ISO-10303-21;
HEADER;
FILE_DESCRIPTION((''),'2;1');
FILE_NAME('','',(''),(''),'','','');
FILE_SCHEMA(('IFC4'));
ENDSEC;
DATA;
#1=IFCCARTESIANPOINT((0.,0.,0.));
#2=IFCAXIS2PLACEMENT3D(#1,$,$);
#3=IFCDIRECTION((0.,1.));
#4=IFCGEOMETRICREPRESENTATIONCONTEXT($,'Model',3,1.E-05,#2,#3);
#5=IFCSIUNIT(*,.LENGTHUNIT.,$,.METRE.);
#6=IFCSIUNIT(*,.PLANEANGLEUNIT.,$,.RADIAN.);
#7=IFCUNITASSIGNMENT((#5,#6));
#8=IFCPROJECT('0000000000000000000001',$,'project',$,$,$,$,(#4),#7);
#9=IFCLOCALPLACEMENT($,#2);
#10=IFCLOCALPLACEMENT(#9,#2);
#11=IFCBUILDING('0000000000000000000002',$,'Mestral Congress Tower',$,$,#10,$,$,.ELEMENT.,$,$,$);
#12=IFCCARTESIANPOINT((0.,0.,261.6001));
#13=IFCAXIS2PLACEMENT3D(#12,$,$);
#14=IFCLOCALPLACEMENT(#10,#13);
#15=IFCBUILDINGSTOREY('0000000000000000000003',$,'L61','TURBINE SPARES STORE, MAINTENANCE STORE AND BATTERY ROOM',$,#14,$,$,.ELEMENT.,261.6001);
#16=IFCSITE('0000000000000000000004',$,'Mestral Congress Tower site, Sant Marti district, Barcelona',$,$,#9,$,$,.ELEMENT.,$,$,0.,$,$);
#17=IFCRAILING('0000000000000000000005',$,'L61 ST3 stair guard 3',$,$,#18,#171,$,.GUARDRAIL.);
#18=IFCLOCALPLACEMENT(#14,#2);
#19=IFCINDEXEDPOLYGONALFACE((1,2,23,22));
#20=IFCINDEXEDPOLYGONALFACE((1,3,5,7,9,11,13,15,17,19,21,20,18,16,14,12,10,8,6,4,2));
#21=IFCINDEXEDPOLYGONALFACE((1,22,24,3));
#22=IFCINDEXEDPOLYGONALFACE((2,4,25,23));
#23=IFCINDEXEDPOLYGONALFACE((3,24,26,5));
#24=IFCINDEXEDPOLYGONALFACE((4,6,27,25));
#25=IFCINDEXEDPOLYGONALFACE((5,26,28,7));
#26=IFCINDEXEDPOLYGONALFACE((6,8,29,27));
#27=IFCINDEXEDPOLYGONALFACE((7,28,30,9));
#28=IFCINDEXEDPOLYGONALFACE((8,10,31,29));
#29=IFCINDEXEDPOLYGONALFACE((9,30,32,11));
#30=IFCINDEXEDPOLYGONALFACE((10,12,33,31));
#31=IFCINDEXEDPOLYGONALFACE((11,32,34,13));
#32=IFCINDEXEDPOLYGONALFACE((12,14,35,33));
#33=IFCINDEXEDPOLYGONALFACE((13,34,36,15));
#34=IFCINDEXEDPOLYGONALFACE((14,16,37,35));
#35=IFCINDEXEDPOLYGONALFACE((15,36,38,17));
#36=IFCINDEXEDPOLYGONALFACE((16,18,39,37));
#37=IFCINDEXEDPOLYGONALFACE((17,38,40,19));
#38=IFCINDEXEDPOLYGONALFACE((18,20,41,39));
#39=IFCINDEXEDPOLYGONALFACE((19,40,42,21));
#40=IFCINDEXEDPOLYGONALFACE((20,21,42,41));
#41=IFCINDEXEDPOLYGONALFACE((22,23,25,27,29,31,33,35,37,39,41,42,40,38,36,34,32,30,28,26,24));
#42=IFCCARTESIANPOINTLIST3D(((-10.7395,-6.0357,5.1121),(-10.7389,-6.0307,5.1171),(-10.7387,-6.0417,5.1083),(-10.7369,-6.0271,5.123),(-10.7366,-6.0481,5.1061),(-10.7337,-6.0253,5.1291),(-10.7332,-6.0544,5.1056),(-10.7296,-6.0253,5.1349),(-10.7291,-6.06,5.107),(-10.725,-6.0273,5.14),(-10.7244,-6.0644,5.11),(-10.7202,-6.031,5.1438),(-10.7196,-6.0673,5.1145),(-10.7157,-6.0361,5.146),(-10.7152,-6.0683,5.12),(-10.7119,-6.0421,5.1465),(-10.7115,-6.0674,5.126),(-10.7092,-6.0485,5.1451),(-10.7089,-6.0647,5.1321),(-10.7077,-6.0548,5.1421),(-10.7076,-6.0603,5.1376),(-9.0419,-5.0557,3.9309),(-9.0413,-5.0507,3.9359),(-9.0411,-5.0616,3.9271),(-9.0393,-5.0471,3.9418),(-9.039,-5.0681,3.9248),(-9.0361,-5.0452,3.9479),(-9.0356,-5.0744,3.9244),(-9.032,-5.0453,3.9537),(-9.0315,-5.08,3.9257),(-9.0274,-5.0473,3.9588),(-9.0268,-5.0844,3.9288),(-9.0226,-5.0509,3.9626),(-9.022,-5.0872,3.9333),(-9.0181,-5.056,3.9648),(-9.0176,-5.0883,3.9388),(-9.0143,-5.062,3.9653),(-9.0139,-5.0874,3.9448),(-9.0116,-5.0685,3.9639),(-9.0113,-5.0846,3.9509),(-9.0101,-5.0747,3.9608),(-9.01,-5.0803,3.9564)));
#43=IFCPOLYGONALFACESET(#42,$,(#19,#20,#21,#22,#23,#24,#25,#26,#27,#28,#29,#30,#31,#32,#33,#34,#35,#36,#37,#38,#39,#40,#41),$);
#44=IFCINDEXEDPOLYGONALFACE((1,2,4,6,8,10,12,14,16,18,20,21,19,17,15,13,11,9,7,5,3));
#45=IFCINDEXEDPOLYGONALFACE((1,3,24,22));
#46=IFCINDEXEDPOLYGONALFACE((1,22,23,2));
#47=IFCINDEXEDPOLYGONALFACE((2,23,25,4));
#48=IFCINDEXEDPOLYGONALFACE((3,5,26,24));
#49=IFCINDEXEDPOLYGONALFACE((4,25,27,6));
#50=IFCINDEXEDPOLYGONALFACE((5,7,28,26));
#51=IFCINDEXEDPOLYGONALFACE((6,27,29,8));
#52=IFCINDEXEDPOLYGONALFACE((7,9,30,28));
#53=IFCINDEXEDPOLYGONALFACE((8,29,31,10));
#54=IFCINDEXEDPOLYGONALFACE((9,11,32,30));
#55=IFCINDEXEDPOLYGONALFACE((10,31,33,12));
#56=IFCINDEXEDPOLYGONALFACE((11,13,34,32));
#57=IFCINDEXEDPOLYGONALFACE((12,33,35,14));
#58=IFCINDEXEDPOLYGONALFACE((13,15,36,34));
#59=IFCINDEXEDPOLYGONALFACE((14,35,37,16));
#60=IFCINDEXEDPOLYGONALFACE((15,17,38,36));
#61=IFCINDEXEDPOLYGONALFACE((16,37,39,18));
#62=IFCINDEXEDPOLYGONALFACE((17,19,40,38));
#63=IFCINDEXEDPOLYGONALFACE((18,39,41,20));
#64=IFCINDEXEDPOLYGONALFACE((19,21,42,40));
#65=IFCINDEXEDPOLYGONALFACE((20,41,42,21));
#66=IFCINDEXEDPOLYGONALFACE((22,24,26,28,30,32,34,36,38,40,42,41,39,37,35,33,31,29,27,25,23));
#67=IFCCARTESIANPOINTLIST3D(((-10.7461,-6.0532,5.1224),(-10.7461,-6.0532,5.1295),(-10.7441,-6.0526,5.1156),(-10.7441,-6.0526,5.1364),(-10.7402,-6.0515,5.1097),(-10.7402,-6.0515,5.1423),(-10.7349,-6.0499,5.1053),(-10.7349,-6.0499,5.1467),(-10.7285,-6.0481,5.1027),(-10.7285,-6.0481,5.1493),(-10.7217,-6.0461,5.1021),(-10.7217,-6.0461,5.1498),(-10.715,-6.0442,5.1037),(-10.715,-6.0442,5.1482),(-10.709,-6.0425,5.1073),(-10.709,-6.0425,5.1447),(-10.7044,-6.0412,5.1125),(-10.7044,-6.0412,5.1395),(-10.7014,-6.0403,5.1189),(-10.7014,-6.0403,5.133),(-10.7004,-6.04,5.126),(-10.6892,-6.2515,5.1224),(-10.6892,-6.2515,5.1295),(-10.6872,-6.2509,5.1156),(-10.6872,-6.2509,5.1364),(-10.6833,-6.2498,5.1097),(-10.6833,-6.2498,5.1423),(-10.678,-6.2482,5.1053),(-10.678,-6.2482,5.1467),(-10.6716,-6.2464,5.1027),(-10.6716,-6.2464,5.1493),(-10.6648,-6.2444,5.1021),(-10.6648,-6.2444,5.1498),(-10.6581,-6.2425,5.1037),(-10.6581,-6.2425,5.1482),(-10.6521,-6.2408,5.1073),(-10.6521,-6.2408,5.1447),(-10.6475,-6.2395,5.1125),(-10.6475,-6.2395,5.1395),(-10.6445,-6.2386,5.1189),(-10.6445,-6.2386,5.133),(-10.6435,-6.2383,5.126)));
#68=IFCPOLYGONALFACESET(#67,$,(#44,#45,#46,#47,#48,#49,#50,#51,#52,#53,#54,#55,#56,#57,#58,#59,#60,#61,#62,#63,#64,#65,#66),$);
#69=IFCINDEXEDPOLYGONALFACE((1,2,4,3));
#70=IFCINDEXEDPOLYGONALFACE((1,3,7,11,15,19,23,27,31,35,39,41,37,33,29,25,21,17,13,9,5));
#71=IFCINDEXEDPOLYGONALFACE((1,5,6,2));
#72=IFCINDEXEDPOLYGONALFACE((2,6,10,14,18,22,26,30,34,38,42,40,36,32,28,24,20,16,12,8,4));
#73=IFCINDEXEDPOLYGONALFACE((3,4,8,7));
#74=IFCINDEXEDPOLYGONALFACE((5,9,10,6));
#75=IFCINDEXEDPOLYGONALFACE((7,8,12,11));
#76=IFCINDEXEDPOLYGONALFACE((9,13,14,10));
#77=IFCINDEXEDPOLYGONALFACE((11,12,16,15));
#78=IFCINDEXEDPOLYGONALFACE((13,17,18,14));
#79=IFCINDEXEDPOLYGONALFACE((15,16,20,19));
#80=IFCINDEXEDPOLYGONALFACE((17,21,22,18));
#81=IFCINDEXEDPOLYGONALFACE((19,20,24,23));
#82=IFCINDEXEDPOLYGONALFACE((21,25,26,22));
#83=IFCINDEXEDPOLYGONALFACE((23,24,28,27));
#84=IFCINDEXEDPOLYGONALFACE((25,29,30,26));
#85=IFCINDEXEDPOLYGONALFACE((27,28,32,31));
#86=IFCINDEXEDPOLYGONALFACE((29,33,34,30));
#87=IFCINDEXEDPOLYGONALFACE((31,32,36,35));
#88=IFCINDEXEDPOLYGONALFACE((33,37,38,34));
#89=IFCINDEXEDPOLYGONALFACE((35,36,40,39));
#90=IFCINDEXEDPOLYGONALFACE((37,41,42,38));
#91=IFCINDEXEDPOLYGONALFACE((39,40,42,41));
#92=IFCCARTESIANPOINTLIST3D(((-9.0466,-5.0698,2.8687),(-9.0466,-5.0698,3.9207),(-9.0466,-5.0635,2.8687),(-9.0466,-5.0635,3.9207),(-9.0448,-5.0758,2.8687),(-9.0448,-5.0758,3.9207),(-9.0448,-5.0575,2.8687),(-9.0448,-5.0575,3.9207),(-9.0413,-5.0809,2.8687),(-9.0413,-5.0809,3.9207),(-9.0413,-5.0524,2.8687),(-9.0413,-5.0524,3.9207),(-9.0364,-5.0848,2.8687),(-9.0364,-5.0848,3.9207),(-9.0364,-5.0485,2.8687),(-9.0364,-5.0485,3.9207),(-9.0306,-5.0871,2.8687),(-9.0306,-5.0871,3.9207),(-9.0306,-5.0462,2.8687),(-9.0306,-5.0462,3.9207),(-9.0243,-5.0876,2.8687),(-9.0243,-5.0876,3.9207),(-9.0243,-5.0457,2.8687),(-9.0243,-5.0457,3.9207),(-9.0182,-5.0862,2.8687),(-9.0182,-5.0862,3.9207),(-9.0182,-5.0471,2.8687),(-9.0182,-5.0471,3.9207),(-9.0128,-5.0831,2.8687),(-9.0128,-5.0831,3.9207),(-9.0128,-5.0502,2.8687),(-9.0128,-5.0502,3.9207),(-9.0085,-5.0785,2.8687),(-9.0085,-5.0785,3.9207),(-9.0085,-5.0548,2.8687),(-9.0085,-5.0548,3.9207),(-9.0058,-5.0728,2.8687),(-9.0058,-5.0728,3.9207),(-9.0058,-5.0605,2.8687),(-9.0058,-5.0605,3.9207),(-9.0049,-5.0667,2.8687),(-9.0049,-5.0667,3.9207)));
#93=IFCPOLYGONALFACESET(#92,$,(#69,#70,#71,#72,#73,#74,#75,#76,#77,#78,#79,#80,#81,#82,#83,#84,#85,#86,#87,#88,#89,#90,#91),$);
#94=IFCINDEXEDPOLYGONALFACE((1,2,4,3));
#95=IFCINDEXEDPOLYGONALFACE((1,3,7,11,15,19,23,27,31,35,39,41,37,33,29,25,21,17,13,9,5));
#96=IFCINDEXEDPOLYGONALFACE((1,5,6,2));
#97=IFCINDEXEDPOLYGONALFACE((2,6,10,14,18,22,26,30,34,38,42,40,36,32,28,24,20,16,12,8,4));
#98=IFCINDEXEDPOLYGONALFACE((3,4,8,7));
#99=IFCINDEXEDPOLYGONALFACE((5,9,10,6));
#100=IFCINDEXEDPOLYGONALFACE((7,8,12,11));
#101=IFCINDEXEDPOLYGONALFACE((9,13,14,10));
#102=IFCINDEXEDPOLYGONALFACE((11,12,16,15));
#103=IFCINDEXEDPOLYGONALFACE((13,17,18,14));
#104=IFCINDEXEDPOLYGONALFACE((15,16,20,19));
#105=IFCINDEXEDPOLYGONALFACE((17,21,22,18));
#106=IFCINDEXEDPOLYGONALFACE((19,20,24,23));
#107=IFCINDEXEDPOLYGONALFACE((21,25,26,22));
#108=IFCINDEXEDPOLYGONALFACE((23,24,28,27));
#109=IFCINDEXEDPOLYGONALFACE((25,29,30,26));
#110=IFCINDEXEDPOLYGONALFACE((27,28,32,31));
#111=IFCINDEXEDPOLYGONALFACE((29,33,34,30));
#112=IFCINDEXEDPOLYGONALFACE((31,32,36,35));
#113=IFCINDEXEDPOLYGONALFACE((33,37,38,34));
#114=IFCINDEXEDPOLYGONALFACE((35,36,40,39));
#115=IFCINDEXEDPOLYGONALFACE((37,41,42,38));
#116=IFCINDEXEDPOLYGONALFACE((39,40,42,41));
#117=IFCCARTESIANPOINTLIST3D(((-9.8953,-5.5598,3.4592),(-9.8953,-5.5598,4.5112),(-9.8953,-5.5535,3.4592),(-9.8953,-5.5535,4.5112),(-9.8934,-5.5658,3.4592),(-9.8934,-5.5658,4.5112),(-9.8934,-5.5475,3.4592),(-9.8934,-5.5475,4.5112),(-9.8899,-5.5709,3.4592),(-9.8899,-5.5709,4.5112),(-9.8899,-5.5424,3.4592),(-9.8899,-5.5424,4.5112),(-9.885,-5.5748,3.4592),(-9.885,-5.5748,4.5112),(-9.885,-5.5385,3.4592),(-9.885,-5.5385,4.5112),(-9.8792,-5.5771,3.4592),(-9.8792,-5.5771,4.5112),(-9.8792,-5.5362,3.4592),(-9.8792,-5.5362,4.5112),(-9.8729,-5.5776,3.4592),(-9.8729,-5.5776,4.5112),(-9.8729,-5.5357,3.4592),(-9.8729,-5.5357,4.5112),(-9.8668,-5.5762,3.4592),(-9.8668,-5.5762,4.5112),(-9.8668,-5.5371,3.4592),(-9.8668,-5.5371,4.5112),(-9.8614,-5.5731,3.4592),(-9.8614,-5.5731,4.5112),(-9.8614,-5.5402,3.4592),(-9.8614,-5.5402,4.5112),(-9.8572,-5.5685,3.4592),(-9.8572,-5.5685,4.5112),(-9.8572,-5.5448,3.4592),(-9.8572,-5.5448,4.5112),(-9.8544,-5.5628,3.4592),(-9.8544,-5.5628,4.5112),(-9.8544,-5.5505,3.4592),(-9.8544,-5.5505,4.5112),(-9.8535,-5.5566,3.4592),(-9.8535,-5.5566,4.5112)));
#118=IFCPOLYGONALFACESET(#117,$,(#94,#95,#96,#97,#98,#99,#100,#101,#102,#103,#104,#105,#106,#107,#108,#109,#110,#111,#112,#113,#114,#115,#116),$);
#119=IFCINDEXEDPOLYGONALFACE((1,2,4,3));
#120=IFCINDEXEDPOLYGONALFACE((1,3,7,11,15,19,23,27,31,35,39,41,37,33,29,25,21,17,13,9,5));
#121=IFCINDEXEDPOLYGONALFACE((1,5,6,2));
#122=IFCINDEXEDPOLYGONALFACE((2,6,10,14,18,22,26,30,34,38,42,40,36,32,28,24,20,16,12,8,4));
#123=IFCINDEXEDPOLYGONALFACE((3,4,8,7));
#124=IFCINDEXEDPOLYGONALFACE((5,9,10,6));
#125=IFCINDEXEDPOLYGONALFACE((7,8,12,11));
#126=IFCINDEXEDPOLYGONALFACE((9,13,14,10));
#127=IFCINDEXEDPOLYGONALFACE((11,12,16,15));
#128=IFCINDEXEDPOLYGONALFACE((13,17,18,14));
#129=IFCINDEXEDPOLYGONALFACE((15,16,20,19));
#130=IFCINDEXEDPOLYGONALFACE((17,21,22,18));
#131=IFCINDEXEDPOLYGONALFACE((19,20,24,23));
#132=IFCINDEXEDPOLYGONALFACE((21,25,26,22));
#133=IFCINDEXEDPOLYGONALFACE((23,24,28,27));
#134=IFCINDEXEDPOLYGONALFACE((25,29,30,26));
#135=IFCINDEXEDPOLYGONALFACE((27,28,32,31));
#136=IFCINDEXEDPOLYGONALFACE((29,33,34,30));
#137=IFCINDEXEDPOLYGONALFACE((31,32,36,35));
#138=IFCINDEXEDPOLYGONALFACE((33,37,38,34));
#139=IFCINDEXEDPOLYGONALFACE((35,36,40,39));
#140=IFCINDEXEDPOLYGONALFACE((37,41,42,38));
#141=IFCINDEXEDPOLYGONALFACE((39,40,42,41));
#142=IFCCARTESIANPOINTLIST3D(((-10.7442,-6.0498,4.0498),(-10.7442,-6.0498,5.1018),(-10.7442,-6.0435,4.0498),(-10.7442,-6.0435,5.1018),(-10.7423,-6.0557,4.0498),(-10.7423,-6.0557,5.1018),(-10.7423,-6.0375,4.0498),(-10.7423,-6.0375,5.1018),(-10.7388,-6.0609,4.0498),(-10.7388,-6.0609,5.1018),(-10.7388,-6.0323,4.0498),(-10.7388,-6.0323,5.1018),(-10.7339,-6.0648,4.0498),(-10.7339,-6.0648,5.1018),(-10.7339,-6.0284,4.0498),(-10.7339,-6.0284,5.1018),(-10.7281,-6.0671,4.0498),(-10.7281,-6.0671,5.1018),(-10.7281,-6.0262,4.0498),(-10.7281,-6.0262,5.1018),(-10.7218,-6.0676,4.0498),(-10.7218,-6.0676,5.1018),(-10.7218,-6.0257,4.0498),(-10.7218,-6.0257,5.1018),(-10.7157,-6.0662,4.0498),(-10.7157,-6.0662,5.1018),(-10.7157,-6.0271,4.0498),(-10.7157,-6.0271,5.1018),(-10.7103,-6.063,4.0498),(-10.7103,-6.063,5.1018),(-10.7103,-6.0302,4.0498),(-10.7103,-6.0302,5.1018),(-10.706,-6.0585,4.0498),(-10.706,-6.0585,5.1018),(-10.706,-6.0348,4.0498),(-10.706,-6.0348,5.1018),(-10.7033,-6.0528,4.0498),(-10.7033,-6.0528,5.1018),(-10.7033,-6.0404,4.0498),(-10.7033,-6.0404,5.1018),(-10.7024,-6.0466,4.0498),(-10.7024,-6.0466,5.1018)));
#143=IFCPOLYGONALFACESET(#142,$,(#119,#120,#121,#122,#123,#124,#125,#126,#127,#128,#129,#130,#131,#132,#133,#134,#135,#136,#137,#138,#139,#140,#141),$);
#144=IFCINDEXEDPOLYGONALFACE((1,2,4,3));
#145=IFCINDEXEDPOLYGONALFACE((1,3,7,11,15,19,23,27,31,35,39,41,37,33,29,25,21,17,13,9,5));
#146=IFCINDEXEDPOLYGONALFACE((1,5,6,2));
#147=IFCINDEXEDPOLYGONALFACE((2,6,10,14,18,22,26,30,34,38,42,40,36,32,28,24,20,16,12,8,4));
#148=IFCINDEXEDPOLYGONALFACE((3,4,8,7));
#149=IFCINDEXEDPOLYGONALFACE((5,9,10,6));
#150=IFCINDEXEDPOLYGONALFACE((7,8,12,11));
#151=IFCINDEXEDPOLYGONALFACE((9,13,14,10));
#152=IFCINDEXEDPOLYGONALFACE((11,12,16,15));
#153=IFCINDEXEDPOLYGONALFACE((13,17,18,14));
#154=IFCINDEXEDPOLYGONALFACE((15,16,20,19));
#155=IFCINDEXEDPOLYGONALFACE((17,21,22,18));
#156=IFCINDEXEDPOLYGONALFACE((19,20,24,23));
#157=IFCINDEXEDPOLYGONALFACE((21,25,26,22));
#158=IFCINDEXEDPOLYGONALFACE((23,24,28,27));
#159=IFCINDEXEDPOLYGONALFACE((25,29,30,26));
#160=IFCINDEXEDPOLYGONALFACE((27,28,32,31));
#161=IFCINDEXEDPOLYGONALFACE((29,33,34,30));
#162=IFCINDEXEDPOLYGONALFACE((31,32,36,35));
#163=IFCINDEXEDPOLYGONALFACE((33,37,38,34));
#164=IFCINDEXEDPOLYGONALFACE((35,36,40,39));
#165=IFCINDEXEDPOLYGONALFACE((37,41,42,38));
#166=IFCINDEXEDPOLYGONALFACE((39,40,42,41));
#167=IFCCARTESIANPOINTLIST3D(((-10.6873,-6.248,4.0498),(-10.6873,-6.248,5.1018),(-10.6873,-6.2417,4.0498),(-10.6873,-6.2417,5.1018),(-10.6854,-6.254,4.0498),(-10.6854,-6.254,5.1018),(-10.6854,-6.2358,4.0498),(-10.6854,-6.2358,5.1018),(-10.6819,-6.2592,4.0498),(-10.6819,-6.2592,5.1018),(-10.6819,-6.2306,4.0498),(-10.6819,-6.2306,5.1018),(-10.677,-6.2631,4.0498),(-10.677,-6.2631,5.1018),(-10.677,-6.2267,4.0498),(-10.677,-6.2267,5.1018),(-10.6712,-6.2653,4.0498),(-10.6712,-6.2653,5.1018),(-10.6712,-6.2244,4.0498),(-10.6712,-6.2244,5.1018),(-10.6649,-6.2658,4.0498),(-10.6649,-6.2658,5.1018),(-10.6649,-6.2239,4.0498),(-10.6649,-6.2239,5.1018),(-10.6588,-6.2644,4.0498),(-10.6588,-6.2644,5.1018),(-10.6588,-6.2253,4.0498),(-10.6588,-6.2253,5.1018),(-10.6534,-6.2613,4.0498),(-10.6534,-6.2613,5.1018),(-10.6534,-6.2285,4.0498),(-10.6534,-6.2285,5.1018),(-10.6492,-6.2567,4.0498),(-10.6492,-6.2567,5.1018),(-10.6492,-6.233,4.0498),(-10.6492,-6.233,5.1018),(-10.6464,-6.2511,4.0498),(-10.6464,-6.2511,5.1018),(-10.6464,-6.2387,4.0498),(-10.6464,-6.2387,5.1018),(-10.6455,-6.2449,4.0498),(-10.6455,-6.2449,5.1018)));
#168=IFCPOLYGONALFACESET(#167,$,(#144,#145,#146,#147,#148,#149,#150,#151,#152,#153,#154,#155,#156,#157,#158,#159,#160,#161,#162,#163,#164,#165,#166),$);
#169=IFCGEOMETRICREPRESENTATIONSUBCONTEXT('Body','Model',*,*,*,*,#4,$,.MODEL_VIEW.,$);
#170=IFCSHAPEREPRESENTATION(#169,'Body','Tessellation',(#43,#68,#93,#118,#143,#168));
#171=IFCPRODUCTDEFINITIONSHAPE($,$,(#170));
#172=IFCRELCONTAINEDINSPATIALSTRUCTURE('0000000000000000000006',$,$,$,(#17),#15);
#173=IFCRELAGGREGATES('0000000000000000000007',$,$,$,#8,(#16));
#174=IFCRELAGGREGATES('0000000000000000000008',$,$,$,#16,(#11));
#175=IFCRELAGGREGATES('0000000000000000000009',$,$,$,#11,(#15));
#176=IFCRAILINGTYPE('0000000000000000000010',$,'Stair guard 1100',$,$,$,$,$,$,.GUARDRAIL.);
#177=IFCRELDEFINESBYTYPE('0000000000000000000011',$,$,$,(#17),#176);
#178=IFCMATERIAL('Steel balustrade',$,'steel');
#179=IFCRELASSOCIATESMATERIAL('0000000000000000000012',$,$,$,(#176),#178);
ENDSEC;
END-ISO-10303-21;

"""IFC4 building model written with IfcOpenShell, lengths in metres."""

from ifc_helpers import new_model, si_unit, direction, frame, origin, origin_2d, place, context, subcontext, project, spatial, circle, extrude, material, type_object, element, save


model = new_model("IFC4")

# Units and contexts
model_context = context("Model", 3, precision=1e-05, world=origin(), true_north=direction((0.0, 1.0)))
body_context = subcontext(model_context, "Body", "Model", "MODEL_VIEW")
ifc_project = project(units=[si_unit("LENGTHUNIT", "METRE"), si_unit("PLANEANGLEUNIT", "RADIAN")], contexts=[model_context])

# Site, building, storey
site_placement = place(None, origin())
site = spatial("IfcSite", under=ifc_project, at=site_placement, Name="Mestral Congress Tower site, Sant Marti district, Barcelona", CompositionType="ELEMENT", RefElevation=0.0)
building_placement = place(site_placement, origin())
building = spatial("IfcBuilding", under=site, at=building_placement, Name="Mestral Congress Tower", CompositionType="ELEMENT")
storey_placement = place(building_placement, frame((0.0, 0.0, 261.6001)))
storey = spatial("IfcBuildingStorey", under=building, at=storey_placement, Name="L61", Description="TURBINE SPARES STORE, MAINTENANCE STORE AND BATTERY ROOM", CompositionType="ELEMENT", Elevation=261.6001)

# Railing
ifc_material_1 = material(Name="Steel balustrade", Category="steel")
railing_type_1 = type_object("IfcRailingType", Name="Stair guard 1100", PredefinedType="GUARDRAIL", material=ifc_material_1)
for number, where, name in (
    (1, (-9.0259, -5.0667, 2.8687), "L61 ST3 stair guard 3"),
):
    element("IfcRailing", number, at=place(storey_placement, frame(where)), inside=storey, type_object=railing_type_1, Name=name, PredefinedType="GUARDRAIL", context=body_context, shape_type="SweptSolid", body=[
        extrude(circle(Radius=0.0239, at=origin_2d()), frame((0.0, 0.0, 1.0762), z_axis=(-0.741771, -0.428228, 0.516135), x_axis=(0.49997, -0.866042, 0.0)), (0.0, 0.0, 1.0), 2.2886),
        extrude(circle(Radius=0.0239, at=origin_2d()), frame((-1.6975, -0.98, 2.2573), z_axis=(0.275815, -0.961211, 0.0), x_axis=(0.961211, 0.275815, 0.0)), (0.0, 0.0, 1.0), 0.2063),
        extrude(circle(Radius=0.021, at=origin_2d()), origin(), (0.0, 0.0, 1.0), 1.052),
        extrude(circle(Radius=0.021, at=origin_2d()), frame((-0.8486, -0.49, 0.5906)), (0.0, 0.0, 1.0), 1.052),
        extrude(circle(Radius=0.021, at=origin_2d()), frame((-1.6975, -0.98, 1.1812)), (0.0, 0.0, 1.0), 1.052),
        extrude(circle(Radius=0.021, at=origin_2d()), frame((-1.6406, -1.1782, 1.1812)), (0.0, 0.0, 1.0), 1.052),
    ])

save(model, "model.ifc")
